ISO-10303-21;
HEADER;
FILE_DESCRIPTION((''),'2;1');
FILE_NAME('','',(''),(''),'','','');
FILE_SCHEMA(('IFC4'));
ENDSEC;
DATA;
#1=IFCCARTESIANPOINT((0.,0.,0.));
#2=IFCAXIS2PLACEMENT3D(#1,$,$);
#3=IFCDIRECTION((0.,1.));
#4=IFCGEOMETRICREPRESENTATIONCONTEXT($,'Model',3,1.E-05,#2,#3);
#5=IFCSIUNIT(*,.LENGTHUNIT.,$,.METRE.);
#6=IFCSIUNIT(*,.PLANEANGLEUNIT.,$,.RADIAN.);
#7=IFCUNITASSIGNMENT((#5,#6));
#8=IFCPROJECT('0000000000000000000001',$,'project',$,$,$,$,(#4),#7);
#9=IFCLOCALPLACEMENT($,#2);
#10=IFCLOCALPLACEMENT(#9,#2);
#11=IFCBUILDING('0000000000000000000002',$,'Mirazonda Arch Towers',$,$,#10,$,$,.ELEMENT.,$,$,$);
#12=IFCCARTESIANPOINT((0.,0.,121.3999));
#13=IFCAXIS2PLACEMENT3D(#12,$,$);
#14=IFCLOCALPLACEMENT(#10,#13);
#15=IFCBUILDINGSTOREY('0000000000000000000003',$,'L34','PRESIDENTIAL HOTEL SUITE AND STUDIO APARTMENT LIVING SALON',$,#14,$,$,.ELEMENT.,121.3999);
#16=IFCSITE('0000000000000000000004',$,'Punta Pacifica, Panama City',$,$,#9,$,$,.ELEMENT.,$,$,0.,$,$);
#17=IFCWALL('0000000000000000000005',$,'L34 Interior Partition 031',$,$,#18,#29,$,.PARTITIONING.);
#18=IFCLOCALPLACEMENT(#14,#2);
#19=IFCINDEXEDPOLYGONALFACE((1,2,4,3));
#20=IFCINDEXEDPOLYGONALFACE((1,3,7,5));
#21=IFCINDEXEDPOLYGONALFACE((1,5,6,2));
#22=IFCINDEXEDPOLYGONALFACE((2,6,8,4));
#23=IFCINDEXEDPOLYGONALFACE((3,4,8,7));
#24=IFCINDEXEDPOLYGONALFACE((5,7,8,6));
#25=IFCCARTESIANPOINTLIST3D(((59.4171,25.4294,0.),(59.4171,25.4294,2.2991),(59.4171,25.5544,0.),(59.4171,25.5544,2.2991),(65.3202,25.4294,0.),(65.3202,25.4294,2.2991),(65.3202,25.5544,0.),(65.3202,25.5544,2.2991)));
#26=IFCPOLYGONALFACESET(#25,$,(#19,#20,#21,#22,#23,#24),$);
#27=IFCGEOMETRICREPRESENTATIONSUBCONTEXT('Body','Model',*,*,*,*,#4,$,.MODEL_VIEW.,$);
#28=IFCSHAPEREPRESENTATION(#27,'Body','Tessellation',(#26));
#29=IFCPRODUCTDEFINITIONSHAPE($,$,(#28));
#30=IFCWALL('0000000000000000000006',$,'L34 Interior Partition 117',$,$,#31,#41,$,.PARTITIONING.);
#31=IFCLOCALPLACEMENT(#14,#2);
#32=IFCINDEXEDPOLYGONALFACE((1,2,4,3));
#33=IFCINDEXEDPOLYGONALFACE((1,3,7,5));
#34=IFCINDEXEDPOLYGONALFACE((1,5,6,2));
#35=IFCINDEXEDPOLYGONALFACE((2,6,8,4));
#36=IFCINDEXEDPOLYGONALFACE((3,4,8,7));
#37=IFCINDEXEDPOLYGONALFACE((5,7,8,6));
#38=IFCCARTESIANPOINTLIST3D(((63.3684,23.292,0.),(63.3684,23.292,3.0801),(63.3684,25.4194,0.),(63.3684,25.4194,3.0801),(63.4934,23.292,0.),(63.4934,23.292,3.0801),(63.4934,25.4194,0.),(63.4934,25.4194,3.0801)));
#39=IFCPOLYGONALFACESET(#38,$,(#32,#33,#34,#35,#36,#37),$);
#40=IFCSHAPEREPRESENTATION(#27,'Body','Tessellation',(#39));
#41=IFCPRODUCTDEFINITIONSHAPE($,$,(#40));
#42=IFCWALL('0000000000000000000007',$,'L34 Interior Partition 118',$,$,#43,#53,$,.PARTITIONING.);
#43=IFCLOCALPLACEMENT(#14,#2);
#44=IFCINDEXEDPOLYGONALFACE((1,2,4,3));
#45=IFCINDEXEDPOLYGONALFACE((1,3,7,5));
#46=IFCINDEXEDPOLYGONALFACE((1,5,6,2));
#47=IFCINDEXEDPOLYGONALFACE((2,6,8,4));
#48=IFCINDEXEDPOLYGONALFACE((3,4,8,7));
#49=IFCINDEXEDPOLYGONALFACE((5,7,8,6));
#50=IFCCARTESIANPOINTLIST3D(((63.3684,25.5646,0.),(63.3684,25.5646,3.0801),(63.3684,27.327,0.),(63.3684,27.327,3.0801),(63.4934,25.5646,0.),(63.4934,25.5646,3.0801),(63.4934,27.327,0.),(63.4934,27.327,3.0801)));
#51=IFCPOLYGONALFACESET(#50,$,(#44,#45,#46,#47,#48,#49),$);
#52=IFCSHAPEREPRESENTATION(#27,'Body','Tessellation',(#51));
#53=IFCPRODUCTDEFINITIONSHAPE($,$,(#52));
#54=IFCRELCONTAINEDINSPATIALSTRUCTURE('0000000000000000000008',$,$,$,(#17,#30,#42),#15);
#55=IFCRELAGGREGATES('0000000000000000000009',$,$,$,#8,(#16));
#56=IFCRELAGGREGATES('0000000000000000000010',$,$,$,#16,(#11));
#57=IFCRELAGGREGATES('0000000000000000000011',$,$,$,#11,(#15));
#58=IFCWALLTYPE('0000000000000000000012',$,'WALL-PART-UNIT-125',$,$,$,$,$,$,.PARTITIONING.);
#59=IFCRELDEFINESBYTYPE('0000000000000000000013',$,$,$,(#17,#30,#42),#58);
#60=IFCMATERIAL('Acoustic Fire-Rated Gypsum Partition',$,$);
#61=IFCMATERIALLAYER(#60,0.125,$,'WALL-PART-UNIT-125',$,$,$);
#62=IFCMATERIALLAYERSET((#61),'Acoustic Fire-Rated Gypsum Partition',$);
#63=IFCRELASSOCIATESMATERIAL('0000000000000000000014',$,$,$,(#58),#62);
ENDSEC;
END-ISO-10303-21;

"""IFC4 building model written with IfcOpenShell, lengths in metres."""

from ifc_helpers import new_model, si_unit, direction, frame, frame_2d, origin, place, context, subcontext, project, spatial, rectangle, extrude, material, layer, layer_set, type_object, element, save


model = new_model("IFC4")

# Units and contexts
model_context = context("Model", 3, precision=1e-05, world=origin(), true_north=direction((0.0, 1.0)))
body_context = subcontext(model_context, "Body", "Model", "MODEL_VIEW")
ifc_project = project(units=[si_unit("LENGTHUNIT", "METRE"), si_unit("PLANEANGLEUNIT", "RADIAN")], contexts=[model_context])

# Site, building, storey
site_placement = place(None, origin())
site = spatial("IfcSite", under=ifc_project, at=site_placement, Name="Punta Pacifica, Panama City", CompositionType="ELEMENT", RefElevation=0.0)
building_placement = place(site_placement, origin())
building = spatial("IfcBuilding", under=site, at=building_placement, Name="Mirazonda Arch Towers", CompositionType="ELEMENT")
storey_placement = place(building_placement, frame((0.0, 0.0, 121.3999)))
storey = spatial("IfcBuildingStorey", under=building, at=storey_placement, Name="L34", Description="PRESIDENTIAL HOTEL SUITE AND STUDIO APARTMENT LIVING SALON", CompositionType="ELEMENT", Elevation=121.3999)

# Walls
ifc_material_1 = material(Name="Acoustic Fire-Rated Gypsum Partition")
ifc_layer_1 = layer(ifc_material_1, 0.125, Name="WALL-PART-UNIT-125")
ifc_layer_set_1 = layer_set([ifc_layer_1], Name="Acoustic Fire-Rated Gypsum Partition")
wall_type_1 = type_object("IfcWallType", Name="WALL-PART-UNIT-125", PredefinedType="PARTITIONING", material=ifc_layer_set_1)
wall_1_placement = place(storey_placement, frame((59.417, 25.4919, 0.0), z_axis=(0.0, 0.0, 1.0), x_axis=(1.0, 0.0, 0.0)))
element("IfcWall", 1, at=wall_1_placement, inside=storey, type_object=wall_type_1, Name="L34 Interior Partition 031", PredefinedType="PARTITIONING", context=body_context, shape_type="SweptSolid", body=[
    extrude(rectangle(XDim=5.9031, YDim=0.125, at=frame_2d((2.9517, 0.0))), origin(), (0.0, 0.0, 1.0), 2.2991),
])
wall_2_placement = place(storey_placement, frame((63.4309, 23.292, 0.0), z_axis=(0.0, 0.0, 1.0), x_axis=(0.0, 1.0, 0.0)))
element("IfcWall", 2, at=wall_2_placement, inside=storey, type_object=wall_type_1, Name="L34 Interior Partition 117", PredefinedType="PARTITIONING", context=body_context, shape_type="SweptSolid", body=[
    extrude(rectangle(XDim=2.1274, YDim=0.125, at=frame_2d((1.0637, 0.0))), origin(), (0.0, 0.0, 1.0), 3.0801),
])
wall_3_placement = place(storey_placement, frame((63.4309, 25.5645, 0.0), z_axis=(0.0, 0.0, 1.0), x_axis=(0.0, 1.0, 0.0)))
element("IfcWall", 3, at=wall_3_placement, inside=storey, type_object=wall_type_1, Name="L34 Interior Partition 118", PredefinedType="PARTITIONING", context=body_context, shape_type="SweptSolid", body=[
    extrude(rectangle(XDim=1.7625, YDim=0.125, at=frame_2d((0.8813, 0.0))), origin(), (0.0, 0.0, 1.0), 3.0801),
])

save(model, "model.ifc")
